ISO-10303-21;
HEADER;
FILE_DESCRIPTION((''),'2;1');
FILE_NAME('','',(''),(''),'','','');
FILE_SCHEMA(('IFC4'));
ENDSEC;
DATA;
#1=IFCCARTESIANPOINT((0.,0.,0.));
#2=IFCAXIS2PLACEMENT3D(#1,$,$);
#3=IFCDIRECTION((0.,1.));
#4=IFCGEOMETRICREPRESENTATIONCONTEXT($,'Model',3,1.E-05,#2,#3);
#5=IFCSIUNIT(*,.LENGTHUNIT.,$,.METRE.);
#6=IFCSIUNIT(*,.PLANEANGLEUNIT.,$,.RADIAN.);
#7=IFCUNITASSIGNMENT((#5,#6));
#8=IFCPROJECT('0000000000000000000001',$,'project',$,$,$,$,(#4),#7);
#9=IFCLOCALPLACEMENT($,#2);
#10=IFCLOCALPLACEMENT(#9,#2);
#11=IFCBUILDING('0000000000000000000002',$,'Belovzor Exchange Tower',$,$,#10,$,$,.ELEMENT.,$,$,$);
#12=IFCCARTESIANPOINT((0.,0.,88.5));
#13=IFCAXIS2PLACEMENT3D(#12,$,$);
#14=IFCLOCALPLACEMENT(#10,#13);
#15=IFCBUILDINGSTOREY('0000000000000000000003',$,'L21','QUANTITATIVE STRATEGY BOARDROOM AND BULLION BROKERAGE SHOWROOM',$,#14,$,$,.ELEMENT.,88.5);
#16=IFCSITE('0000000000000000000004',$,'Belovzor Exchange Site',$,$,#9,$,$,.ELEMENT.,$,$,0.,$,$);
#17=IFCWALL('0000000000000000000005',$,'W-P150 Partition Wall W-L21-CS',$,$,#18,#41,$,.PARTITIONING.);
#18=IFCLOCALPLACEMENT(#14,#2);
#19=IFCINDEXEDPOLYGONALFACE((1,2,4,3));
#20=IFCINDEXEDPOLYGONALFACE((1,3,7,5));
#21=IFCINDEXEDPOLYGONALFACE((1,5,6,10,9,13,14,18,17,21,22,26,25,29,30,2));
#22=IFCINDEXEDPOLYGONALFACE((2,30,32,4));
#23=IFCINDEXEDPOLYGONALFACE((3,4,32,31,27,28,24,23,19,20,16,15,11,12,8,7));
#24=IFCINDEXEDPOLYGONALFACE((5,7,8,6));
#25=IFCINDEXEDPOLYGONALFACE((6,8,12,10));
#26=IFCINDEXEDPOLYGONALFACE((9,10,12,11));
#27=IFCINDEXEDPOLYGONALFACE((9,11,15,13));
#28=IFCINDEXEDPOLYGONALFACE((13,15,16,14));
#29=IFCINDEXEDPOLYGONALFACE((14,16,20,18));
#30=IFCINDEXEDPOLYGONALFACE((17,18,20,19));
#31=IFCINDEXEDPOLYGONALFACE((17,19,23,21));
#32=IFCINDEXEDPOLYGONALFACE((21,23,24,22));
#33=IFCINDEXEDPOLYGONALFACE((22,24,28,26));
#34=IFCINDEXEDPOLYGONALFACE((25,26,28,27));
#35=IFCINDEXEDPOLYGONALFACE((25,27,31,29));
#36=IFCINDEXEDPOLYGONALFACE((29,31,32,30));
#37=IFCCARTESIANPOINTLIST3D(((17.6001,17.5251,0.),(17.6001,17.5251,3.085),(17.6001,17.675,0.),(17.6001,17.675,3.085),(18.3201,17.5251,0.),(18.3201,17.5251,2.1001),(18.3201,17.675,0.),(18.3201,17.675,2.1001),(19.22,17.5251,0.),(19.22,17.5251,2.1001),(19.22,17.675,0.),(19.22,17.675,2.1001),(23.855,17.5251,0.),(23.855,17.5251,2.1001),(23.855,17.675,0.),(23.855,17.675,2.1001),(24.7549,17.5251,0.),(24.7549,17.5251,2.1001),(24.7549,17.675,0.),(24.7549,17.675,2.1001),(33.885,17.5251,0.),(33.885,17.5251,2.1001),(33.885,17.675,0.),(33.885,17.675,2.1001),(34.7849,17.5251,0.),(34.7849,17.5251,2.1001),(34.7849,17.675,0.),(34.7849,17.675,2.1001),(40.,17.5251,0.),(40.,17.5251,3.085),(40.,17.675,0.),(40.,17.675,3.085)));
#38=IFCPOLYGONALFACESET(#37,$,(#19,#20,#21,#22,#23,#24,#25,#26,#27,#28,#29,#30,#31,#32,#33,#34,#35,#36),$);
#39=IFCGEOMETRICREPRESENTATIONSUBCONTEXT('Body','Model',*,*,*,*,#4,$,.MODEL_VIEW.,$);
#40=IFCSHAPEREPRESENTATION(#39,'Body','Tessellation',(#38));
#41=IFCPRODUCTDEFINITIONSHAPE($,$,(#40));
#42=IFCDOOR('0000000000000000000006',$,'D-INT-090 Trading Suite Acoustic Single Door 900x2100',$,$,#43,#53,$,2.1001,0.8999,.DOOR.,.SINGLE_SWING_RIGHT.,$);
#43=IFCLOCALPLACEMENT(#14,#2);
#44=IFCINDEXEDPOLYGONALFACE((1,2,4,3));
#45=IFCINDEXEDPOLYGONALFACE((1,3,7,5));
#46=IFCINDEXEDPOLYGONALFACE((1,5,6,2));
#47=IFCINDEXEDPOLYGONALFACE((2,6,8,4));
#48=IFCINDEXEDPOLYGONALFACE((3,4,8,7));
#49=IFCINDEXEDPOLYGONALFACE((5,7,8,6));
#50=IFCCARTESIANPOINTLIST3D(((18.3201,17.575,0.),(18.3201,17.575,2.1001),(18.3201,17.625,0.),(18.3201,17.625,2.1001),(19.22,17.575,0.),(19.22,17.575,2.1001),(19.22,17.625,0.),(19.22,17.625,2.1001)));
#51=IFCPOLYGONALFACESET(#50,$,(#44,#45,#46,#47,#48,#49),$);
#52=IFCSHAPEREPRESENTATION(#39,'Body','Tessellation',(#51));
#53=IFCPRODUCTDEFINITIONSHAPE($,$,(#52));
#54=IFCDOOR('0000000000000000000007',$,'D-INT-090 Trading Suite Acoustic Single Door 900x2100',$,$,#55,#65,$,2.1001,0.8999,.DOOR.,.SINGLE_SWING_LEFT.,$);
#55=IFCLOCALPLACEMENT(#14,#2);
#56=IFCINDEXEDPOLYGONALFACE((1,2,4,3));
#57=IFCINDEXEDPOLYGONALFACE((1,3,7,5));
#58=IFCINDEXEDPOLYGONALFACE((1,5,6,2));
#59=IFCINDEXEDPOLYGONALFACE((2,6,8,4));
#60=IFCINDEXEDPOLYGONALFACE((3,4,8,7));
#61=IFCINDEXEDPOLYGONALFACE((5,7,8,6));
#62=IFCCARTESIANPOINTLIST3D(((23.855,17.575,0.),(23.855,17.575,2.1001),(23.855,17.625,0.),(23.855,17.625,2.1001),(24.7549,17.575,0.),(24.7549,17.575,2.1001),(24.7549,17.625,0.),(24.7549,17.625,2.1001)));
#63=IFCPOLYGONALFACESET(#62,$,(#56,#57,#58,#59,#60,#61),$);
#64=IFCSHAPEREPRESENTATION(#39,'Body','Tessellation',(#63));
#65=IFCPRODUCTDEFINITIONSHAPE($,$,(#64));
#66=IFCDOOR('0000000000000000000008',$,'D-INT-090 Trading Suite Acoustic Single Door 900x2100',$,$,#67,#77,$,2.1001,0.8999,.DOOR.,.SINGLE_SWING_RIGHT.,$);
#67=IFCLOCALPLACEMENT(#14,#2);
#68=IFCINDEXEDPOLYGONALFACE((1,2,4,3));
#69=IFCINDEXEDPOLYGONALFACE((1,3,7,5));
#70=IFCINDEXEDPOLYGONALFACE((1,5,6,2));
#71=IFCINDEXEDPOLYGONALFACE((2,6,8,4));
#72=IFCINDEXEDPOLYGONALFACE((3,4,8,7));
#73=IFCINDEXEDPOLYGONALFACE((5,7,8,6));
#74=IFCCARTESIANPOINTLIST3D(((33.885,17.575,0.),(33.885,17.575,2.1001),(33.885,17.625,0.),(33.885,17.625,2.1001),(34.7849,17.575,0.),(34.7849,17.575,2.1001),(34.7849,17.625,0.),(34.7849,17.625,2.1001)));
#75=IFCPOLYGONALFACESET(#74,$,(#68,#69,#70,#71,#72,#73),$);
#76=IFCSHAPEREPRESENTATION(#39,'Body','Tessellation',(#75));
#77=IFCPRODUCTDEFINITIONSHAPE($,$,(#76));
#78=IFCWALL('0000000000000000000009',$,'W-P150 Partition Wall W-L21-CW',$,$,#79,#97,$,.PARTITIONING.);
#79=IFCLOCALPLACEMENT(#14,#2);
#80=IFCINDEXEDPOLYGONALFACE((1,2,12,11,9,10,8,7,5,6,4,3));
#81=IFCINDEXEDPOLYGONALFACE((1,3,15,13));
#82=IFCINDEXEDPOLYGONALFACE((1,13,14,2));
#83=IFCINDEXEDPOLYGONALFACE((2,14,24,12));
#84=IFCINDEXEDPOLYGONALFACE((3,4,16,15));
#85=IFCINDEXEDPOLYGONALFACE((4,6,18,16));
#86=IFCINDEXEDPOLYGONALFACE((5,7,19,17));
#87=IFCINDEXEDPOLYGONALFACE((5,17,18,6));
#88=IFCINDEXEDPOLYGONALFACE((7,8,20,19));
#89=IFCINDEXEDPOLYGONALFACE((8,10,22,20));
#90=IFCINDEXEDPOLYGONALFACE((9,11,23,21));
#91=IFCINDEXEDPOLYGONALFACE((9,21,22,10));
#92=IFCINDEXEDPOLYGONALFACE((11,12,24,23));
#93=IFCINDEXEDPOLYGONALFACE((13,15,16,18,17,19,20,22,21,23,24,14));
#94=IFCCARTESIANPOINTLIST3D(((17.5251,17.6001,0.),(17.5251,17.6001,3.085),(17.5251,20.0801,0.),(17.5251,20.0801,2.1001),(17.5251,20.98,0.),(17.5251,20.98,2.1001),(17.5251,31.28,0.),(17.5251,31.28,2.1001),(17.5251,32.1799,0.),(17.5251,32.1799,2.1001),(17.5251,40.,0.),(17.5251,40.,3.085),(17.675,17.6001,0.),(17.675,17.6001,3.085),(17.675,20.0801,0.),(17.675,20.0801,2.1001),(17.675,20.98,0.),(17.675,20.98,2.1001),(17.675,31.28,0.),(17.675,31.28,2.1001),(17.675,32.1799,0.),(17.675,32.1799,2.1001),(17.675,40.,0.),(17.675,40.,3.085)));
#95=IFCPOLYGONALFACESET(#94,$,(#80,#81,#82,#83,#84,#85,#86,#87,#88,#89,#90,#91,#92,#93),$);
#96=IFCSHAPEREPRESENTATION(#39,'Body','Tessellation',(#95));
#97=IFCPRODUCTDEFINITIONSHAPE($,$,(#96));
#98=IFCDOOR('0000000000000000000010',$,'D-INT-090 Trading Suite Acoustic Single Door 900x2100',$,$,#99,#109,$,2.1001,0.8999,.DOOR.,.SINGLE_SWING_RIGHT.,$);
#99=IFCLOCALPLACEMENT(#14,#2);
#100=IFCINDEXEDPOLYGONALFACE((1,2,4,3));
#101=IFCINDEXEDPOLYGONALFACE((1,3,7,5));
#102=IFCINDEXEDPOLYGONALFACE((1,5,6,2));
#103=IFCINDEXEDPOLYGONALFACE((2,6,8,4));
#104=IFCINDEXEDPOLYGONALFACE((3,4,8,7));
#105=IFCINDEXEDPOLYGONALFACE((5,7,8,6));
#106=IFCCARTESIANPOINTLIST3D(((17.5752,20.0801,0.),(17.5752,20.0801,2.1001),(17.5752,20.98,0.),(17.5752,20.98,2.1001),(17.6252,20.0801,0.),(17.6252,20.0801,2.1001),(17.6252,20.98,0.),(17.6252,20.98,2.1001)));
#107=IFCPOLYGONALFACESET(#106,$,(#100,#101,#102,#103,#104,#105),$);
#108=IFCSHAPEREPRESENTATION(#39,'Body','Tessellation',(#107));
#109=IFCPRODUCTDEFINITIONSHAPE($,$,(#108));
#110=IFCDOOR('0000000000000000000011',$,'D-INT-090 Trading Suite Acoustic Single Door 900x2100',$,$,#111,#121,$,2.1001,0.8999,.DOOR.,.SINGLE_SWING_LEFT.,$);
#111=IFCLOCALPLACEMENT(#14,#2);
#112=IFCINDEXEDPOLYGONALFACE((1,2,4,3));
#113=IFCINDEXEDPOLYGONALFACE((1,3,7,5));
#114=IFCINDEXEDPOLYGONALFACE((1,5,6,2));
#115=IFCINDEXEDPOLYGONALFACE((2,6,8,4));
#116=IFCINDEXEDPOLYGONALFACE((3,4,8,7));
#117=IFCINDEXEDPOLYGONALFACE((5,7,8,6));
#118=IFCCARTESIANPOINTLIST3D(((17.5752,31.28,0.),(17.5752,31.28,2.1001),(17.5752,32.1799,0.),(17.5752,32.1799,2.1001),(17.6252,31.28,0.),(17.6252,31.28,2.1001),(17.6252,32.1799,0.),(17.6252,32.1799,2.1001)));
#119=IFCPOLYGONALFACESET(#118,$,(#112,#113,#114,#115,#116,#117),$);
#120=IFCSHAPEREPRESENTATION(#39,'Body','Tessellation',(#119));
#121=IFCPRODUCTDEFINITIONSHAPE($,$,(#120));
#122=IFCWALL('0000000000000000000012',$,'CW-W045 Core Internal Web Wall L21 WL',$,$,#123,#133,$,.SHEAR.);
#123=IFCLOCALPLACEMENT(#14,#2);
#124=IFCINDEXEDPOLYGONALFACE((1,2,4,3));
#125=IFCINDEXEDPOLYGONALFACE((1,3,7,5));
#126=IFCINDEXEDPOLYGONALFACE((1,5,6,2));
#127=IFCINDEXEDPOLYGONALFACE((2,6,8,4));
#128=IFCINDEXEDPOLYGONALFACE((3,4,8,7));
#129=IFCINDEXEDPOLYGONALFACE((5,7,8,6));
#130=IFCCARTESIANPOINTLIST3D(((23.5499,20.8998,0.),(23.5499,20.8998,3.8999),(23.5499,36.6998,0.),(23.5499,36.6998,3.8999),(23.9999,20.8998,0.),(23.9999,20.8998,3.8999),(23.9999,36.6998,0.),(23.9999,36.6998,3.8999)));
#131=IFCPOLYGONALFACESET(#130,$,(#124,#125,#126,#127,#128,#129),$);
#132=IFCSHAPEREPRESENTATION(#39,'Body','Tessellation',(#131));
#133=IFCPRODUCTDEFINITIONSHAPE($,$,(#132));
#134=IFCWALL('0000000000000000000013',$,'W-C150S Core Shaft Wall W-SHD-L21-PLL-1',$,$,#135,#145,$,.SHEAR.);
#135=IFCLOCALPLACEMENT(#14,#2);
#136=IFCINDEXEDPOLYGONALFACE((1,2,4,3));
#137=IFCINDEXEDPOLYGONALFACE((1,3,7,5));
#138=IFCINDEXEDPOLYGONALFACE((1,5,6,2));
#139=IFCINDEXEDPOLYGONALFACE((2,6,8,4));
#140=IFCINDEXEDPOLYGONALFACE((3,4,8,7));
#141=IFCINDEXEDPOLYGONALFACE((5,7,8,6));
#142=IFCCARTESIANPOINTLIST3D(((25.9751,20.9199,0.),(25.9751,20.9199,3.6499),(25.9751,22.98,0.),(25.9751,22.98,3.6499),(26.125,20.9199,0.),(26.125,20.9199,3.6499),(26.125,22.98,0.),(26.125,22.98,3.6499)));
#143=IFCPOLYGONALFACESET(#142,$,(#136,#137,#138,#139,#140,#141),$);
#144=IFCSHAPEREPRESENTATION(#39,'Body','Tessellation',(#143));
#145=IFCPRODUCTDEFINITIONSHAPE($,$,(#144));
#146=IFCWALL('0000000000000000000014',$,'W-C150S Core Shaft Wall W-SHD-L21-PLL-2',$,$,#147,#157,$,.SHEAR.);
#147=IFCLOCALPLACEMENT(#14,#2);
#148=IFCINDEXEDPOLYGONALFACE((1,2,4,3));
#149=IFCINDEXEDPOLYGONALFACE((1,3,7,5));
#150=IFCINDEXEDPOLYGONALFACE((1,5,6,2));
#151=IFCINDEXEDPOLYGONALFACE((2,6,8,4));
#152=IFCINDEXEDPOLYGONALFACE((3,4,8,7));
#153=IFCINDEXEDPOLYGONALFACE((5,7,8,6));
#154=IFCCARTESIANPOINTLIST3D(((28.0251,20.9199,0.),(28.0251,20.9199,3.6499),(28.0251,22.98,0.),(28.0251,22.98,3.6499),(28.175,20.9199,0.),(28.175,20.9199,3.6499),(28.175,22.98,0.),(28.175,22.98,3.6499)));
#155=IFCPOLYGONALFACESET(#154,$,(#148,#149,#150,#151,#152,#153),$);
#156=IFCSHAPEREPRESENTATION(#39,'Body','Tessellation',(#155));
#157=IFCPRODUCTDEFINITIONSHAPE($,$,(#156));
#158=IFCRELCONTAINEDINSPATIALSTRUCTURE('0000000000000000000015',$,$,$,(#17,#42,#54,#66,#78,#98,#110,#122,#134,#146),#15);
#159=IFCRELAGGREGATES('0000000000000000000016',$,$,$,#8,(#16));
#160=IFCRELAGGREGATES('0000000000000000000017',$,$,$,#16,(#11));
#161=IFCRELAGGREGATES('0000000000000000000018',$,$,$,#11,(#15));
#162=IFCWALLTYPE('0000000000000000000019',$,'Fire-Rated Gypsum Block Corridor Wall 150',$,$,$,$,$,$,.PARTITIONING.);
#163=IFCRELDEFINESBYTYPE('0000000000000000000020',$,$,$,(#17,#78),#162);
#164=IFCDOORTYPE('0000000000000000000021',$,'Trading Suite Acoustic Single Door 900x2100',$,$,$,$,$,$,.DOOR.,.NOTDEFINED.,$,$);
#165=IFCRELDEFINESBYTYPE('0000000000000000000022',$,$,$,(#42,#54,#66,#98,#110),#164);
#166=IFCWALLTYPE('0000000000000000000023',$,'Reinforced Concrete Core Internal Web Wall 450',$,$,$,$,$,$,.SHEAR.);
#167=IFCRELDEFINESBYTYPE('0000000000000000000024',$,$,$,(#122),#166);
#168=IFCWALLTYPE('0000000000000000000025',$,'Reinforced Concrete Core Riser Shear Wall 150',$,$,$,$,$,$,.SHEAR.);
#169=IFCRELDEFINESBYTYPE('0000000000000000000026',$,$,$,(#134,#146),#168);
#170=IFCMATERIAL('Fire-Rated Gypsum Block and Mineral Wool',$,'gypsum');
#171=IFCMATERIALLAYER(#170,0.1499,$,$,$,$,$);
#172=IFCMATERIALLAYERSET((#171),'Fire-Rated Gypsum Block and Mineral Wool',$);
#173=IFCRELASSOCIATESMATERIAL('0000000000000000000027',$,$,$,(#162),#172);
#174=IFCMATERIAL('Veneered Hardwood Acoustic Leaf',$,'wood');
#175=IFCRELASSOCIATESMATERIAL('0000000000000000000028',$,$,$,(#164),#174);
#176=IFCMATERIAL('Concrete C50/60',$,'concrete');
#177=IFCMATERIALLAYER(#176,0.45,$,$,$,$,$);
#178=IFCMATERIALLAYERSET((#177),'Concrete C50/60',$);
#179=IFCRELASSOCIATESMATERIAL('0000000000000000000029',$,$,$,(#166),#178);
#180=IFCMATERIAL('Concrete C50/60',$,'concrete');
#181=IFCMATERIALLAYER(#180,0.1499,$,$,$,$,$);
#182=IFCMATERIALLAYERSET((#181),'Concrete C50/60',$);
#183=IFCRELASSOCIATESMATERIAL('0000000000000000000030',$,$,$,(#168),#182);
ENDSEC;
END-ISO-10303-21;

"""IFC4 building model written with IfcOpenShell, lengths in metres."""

from ifc_helpers import new_model, si_unit, direction, frame, frame_2d, origin, place, context, subcontext, project, spatial, rectangle, extrude, material, layer, layer_set, type_object, element, fill, save


model = new_model("IFC4")

# Units and contexts
model_context = context("Model", 3, precision=1e-05, world=origin(), true_north=direction((0.0, 1.0)))
body_context = subcontext(model_context, "Body", "Model", "MODEL_VIEW")
ifc_project = project(units=[si_unit("LENGTHUNIT", "METRE"), si_unit("PLANEANGLEUNIT", "RADIAN")], contexts=[model_context])

# Site, building, storey
site_placement = place(None, origin())
site = spatial("IfcSite", under=ifc_project, at=site_placement, Name="Belovzor Exchange Site", CompositionType="ELEMENT", RefElevation=0.0)
building_placement = place(site_placement, origin())
building = spatial("IfcBuilding", under=site, at=building_placement, Name="Belovzor Exchange Tower", CompositionType="ELEMENT")
storey_placement = place(building_placement, frame((0.0, 0.0, 88.5)))
storey = spatial("IfcBuildingStorey", under=building, at=storey_placement, Name="L21", Description="QUANTITATIVE STRATEGY BOARDROOM AND BULLION BROKERAGE SHOWROOM", CompositionType="ELEMENT", Elevation=88.5)

# Walls, openings, doors
ifc_material_1 = material(Name="Fire-Rated Gypsum Block and Mineral Wool", Category="gypsum")
ifc_layer_1 = layer(ifc_material_1, 0.1499)
ifc_layer_set_1 = layer_set([ifc_layer_1], Name="Fire-Rated Gypsum Block and Mineral Wool")
wall_type_1 = type_object("IfcWallType", Name="Fire-Rated Gypsum Block Corridor Wall 150", PredefinedType="PARTITIONING", material=ifc_layer_set_1)
wall_1_placement = place(storey_placement, frame((17.6001, 17.6001, 0.0), z_axis=(0.0, 0.0, 1.0), x_axis=(1.0, 0.0, 0.0)))
wall_1 = element("IfcWall", 1, at=wall_1_placement, inside=storey, type_object=wall_type_1, Name="W-P150 Partition Wall W-L21-CS", PredefinedType="PARTITIONING", context=body_context, shape_type="SweptSolid", body=[
    extrude(rectangle(XDim=22.3999, YDim=0.1499, at=frame_2d((11.2, 0.0))), origin(), (0.0, 0.0, 1.0), 3.085),
])
opening_1_placement = place(wall_1_placement, frame((0.72, 0.0, 0.0)))
opening_1 = element("IfcOpeningElement", 2, at=opening_1_placement, cuts=wall_1, PredefinedType="OPENING", context=body_context, shape_type="SweptSolid", body=[
    extrude(rectangle(XDim=0.8999, YDim=2.1001, at=frame_2d((0.45, 1.05))), frame((0.0, 0.085, 0.0), z_axis=(0.0, -1.0, 0.0), x_axis=(1.0, 0.0, 0.0)), (0.0, 0.0, 1.0), 0.1699),
])
opening_2_placement = place(wall_1_placement, frame((6.2549, 0.0, 0.0)))
opening_2 = element("IfcOpeningElement", 3, at=opening_2_placement, cuts=wall_1, PredefinedType="OPENING", context=body_context, shape_type="SweptSolid", body=[
    extrude(rectangle(XDim=0.8999, YDim=2.1001, at=frame_2d((0.45, 1.05))), frame((0.0, 0.085, 0.0), z_axis=(0.0, -1.0, 0.0), x_axis=(1.0, 0.0, 0.0)), (0.0, 0.0, 1.0), 0.1699),
])
opening_3_placement = place(wall_1_placement, frame((16.2849, 0.0, 0.0)))
opening_3 = element("IfcOpeningElement", 4, at=opening_3_placement, cuts=wall_1, PredefinedType="OPENING", context=body_context, shape_type="SweptSolid", body=[
    extrude(rectangle(XDim=0.8999, YDim=2.1001, at=frame_2d((0.45, 1.05))), frame((0.0, 0.085, 0.0), z_axis=(0.0, -1.0, 0.0), x_axis=(1.0, 0.0, 0.0)), (0.0, 0.0, 1.0), 0.1699),
])
ifc_material_2 = material(Name="Veneered Hardwood Acoustic Leaf", Category="wood")
door_type_1 = type_object("IfcDoorType", Name="Trading Suite Acoustic Single Door 900x2100", OperationType="NOTDEFINED", PredefinedType="DOOR", material=ifc_material_2)
door_1_placement = place(opening_1_placement, origin())
door_1 = element("IfcDoor", 5, at=door_1_placement, inside=storey, type_object=door_type_1, Name="D-INT-090 Trading Suite Acoustic Single Door 900x2100", OperationType="SINGLE_SWING_RIGHT", OverallHeight=2.1001, OverallWidth=0.8999, PredefinedType="DOOR", context=body_context, shape_type="SweptSolid", body=[
    extrude(rectangle(XDim=0.8999, YDim=2.1001, at=frame_2d((0.45, 1.05))), frame((0.0, 0.0249, 0.0), z_axis=(0.0, -1.0, 0.0), x_axis=(1.0, 0.0, 0.0)), (0.0, 0.0, 1.0), 0.05),
])
fill(opening_1, door_1)
door_2_placement = place(opening_2_placement, origin())
door_2 = element("IfcDoor", 6, at=door_2_placement, inside=storey, type_object=door_type_1, Name="D-INT-090 Trading Suite Acoustic Single Door 900x2100", OperationType="SINGLE_SWING_LEFT", OverallHeight=2.1001, OverallWidth=0.8999, PredefinedType="DOOR", context=body_context, shape_type="SweptSolid", body=[
    extrude(rectangle(XDim=0.8999, YDim=2.1001, at=frame_2d((0.45, 1.05))), frame((0.0, 0.0249, 0.0), z_axis=(0.0, -1.0, 0.0), x_axis=(1.0, 0.0, 0.0)), (0.0, 0.0, 1.0), 0.05),
])
fill(opening_2, door_2)
door_3_placement = place(opening_3_placement, origin())
door_3 = element("IfcDoor", 7, at=door_3_placement, inside=storey, type_object=door_type_1, Name="D-INT-090 Trading Suite Acoustic Single Door 900x2100", OperationType="SINGLE_SWING_RIGHT", OverallHeight=2.1001, OverallWidth=0.8999, PredefinedType="DOOR", context=body_context, shape_type="SweptSolid", body=[
    extrude(rectangle(XDim=0.8999, YDim=2.1001, at=frame_2d((0.45, 1.05))), frame((0.0, 0.0249, 0.0), z_axis=(0.0, -1.0, 0.0), x_axis=(1.0, 0.0, 0.0)), (0.0, 0.0, 1.0), 0.05),
])
fill(opening_3, door_3)
wall_2_placement = place(storey_placement, frame((17.6001, 17.6001, 0.0), z_axis=(0.0, 0.0, 1.0), x_axis=(0.0, 1.0, 0.0)))
wall_2 = element("IfcWall", 8, at=wall_2_placement, inside=storey, type_object=wall_type_1, Name="W-P150 Partition Wall W-L21-CW", PredefinedType="PARTITIONING", context=body_context, shape_type="SweptSolid", body=[
    extrude(rectangle(XDim=22.3999, YDim=0.1499, at=frame_2d((11.2, 0.0))), origin(), (0.0, 0.0, 1.0), 3.085),
])
opening_4_placement = place(wall_2_placement, frame((2.48, 0.0, 0.0)))
opening_4 = element("IfcOpeningElement", 9, at=opening_4_placement, cuts=wall_2, PredefinedType="OPENING", context=body_context, shape_type="SweptSolid", body=[
    extrude(rectangle(XDim=0.8999, YDim=2.1001, at=frame_2d((0.45, 1.05))), frame((0.0, 0.085, 0.0), z_axis=(0.0, -1.0, 0.0), x_axis=(1.0, 0.0, 0.0)), (0.0, 0.0, 1.0), 0.1699),
])
opening_5_placement = place(wall_2_placement, frame((13.6799, 0.0, 0.0)))
opening_5 = element("IfcOpeningElement", 10, at=opening_5_placement, cuts=wall_2, PredefinedType="OPENING", context=body_context, shape_type="SweptSolid", body=[
    extrude(rectangle(XDim=0.8999, YDim=2.1001, at=frame_2d((0.45, 1.05))), frame((0.0, 0.085, 0.0), z_axis=(0.0, -1.0, 0.0), x_axis=(1.0, 0.0, 0.0)), (0.0, 0.0, 1.0), 0.1699),
])
door_4_placement = place(opening_4_placement, origin())
door_4 = element("IfcDoor", 11, at=door_4_placement, inside=storey, type_object=door_type_1, Name="D-INT-090 Trading Suite Acoustic Single Door 900x2100", OperationType="SINGLE_SWING_RIGHT", OverallHeight=2.1001, OverallWidth=0.8999, PredefinedType="DOOR", context=body_context, shape_type="SweptSolid", body=[
    extrude(rectangle(XDim=0.8999, YDim=2.1001, at=frame_2d((0.45, 1.05))), frame((0.0, 0.0249, 0.0), z_axis=(0.0, -1.0, 0.0), x_axis=(1.0, 0.0, 0.0)), (0.0, 0.0, 1.0), 0.05),
])
fill(opening_4, door_4)
door_5_placement = place(opening_5_placement, origin())
door_5 = element("IfcDoor", 12, at=door_5_placement, inside=storey, type_object=door_type_1, Name="D-INT-090 Trading Suite Acoustic Single Door 900x2100", OperationType="SINGLE_SWING_LEFT", OverallHeight=2.1001, OverallWidth=0.8999, PredefinedType="DOOR", context=body_context, shape_type="SweptSolid", body=[
    extrude(rectangle(XDim=0.8999, YDim=2.1001, at=frame_2d((0.45, 1.05))), frame((0.0, 0.0249, 0.0), z_axis=(0.0, -1.0, 0.0), x_axis=(1.0, 0.0, 0.0)), (0.0, 0.0, 1.0), 0.05),
])
fill(opening_5, door_5)

# Walls
ifc_material_3 = material(Name="Concrete C50/60", Category="concrete")
ifc_layer_2 = layer(ifc_material_3, 0.45)
ifc_layer_set_2 = layer_set([ifc_layer_2], Name="Concrete C50/60")
wall_type_2 = type_object("IfcWallType", Name="Reinforced Concrete Core Internal Web Wall 450", PredefinedType="SHEAR", material=ifc_layer_set_2)
wall_3_placement = place(storey_placement, frame((23.7749, 20.8999, 0.0), z_axis=(0.0, 0.0, 1.0), x_axis=(0.0, 1.0, 0.0)))
element("IfcWall", 13, at=wall_3_placement, inside=storey, type_object=wall_type_2, Name="CW-W045 Core Internal Web Wall L21 WL", PredefinedType="SHEAR", context=body_context, shape_type="SweptSolid", body=[
    extrude(rectangle(XDim=15.8, YDim=0.45, at=frame_2d((7.8999, 0.0))), origin(), (0.0, 0.0, 1.0), 3.8999),
])
ifc_material_4 = material(Name="Concrete C50/60", Category="concrete")
ifc_layer_3 = layer(ifc_material_4, 0.1499)
ifc_layer_set_3 = layer_set([ifc_layer_3], Name="Concrete C50/60")
wall_type_3 = type_object("IfcWallType", Name="Reinforced Concrete Core Riser Shear Wall 150", PredefinedType="SHEAR", material=ifc_layer_set_3)
for number, where, z_axis, x_axis, name in (
    (14, (26.05, 20.9199, 0.0), (0.0, 0.0, 1.0), (0.0, 1.0, 0.0), "W-C150S Core Shaft Wall W-SHD-L21-PLL-1"),
    (15, (28.1001, 20.9199, 0.0), (0.0, 0.0, 1.0), (0.0, 1.0, 0.0), "W-C150S Core Shaft Wall W-SHD-L21-PLL-2"),
):
    element("IfcWall", number, at=place(storey_placement, frame(where, z_axis=z_axis, x_axis=x_axis)), inside=storey, type_object=wall_type_3, Name=name, PredefinedType="SHEAR", context=body_context, shape_type="SweptSolid", body=[
        extrude(rectangle(XDim=2.0601, YDim=0.1499, at=frame_2d((1.03, 0.0))), origin(), (0.0, 0.0, 1.0), 3.6499),
    ])

save(model, "model.ifc")
